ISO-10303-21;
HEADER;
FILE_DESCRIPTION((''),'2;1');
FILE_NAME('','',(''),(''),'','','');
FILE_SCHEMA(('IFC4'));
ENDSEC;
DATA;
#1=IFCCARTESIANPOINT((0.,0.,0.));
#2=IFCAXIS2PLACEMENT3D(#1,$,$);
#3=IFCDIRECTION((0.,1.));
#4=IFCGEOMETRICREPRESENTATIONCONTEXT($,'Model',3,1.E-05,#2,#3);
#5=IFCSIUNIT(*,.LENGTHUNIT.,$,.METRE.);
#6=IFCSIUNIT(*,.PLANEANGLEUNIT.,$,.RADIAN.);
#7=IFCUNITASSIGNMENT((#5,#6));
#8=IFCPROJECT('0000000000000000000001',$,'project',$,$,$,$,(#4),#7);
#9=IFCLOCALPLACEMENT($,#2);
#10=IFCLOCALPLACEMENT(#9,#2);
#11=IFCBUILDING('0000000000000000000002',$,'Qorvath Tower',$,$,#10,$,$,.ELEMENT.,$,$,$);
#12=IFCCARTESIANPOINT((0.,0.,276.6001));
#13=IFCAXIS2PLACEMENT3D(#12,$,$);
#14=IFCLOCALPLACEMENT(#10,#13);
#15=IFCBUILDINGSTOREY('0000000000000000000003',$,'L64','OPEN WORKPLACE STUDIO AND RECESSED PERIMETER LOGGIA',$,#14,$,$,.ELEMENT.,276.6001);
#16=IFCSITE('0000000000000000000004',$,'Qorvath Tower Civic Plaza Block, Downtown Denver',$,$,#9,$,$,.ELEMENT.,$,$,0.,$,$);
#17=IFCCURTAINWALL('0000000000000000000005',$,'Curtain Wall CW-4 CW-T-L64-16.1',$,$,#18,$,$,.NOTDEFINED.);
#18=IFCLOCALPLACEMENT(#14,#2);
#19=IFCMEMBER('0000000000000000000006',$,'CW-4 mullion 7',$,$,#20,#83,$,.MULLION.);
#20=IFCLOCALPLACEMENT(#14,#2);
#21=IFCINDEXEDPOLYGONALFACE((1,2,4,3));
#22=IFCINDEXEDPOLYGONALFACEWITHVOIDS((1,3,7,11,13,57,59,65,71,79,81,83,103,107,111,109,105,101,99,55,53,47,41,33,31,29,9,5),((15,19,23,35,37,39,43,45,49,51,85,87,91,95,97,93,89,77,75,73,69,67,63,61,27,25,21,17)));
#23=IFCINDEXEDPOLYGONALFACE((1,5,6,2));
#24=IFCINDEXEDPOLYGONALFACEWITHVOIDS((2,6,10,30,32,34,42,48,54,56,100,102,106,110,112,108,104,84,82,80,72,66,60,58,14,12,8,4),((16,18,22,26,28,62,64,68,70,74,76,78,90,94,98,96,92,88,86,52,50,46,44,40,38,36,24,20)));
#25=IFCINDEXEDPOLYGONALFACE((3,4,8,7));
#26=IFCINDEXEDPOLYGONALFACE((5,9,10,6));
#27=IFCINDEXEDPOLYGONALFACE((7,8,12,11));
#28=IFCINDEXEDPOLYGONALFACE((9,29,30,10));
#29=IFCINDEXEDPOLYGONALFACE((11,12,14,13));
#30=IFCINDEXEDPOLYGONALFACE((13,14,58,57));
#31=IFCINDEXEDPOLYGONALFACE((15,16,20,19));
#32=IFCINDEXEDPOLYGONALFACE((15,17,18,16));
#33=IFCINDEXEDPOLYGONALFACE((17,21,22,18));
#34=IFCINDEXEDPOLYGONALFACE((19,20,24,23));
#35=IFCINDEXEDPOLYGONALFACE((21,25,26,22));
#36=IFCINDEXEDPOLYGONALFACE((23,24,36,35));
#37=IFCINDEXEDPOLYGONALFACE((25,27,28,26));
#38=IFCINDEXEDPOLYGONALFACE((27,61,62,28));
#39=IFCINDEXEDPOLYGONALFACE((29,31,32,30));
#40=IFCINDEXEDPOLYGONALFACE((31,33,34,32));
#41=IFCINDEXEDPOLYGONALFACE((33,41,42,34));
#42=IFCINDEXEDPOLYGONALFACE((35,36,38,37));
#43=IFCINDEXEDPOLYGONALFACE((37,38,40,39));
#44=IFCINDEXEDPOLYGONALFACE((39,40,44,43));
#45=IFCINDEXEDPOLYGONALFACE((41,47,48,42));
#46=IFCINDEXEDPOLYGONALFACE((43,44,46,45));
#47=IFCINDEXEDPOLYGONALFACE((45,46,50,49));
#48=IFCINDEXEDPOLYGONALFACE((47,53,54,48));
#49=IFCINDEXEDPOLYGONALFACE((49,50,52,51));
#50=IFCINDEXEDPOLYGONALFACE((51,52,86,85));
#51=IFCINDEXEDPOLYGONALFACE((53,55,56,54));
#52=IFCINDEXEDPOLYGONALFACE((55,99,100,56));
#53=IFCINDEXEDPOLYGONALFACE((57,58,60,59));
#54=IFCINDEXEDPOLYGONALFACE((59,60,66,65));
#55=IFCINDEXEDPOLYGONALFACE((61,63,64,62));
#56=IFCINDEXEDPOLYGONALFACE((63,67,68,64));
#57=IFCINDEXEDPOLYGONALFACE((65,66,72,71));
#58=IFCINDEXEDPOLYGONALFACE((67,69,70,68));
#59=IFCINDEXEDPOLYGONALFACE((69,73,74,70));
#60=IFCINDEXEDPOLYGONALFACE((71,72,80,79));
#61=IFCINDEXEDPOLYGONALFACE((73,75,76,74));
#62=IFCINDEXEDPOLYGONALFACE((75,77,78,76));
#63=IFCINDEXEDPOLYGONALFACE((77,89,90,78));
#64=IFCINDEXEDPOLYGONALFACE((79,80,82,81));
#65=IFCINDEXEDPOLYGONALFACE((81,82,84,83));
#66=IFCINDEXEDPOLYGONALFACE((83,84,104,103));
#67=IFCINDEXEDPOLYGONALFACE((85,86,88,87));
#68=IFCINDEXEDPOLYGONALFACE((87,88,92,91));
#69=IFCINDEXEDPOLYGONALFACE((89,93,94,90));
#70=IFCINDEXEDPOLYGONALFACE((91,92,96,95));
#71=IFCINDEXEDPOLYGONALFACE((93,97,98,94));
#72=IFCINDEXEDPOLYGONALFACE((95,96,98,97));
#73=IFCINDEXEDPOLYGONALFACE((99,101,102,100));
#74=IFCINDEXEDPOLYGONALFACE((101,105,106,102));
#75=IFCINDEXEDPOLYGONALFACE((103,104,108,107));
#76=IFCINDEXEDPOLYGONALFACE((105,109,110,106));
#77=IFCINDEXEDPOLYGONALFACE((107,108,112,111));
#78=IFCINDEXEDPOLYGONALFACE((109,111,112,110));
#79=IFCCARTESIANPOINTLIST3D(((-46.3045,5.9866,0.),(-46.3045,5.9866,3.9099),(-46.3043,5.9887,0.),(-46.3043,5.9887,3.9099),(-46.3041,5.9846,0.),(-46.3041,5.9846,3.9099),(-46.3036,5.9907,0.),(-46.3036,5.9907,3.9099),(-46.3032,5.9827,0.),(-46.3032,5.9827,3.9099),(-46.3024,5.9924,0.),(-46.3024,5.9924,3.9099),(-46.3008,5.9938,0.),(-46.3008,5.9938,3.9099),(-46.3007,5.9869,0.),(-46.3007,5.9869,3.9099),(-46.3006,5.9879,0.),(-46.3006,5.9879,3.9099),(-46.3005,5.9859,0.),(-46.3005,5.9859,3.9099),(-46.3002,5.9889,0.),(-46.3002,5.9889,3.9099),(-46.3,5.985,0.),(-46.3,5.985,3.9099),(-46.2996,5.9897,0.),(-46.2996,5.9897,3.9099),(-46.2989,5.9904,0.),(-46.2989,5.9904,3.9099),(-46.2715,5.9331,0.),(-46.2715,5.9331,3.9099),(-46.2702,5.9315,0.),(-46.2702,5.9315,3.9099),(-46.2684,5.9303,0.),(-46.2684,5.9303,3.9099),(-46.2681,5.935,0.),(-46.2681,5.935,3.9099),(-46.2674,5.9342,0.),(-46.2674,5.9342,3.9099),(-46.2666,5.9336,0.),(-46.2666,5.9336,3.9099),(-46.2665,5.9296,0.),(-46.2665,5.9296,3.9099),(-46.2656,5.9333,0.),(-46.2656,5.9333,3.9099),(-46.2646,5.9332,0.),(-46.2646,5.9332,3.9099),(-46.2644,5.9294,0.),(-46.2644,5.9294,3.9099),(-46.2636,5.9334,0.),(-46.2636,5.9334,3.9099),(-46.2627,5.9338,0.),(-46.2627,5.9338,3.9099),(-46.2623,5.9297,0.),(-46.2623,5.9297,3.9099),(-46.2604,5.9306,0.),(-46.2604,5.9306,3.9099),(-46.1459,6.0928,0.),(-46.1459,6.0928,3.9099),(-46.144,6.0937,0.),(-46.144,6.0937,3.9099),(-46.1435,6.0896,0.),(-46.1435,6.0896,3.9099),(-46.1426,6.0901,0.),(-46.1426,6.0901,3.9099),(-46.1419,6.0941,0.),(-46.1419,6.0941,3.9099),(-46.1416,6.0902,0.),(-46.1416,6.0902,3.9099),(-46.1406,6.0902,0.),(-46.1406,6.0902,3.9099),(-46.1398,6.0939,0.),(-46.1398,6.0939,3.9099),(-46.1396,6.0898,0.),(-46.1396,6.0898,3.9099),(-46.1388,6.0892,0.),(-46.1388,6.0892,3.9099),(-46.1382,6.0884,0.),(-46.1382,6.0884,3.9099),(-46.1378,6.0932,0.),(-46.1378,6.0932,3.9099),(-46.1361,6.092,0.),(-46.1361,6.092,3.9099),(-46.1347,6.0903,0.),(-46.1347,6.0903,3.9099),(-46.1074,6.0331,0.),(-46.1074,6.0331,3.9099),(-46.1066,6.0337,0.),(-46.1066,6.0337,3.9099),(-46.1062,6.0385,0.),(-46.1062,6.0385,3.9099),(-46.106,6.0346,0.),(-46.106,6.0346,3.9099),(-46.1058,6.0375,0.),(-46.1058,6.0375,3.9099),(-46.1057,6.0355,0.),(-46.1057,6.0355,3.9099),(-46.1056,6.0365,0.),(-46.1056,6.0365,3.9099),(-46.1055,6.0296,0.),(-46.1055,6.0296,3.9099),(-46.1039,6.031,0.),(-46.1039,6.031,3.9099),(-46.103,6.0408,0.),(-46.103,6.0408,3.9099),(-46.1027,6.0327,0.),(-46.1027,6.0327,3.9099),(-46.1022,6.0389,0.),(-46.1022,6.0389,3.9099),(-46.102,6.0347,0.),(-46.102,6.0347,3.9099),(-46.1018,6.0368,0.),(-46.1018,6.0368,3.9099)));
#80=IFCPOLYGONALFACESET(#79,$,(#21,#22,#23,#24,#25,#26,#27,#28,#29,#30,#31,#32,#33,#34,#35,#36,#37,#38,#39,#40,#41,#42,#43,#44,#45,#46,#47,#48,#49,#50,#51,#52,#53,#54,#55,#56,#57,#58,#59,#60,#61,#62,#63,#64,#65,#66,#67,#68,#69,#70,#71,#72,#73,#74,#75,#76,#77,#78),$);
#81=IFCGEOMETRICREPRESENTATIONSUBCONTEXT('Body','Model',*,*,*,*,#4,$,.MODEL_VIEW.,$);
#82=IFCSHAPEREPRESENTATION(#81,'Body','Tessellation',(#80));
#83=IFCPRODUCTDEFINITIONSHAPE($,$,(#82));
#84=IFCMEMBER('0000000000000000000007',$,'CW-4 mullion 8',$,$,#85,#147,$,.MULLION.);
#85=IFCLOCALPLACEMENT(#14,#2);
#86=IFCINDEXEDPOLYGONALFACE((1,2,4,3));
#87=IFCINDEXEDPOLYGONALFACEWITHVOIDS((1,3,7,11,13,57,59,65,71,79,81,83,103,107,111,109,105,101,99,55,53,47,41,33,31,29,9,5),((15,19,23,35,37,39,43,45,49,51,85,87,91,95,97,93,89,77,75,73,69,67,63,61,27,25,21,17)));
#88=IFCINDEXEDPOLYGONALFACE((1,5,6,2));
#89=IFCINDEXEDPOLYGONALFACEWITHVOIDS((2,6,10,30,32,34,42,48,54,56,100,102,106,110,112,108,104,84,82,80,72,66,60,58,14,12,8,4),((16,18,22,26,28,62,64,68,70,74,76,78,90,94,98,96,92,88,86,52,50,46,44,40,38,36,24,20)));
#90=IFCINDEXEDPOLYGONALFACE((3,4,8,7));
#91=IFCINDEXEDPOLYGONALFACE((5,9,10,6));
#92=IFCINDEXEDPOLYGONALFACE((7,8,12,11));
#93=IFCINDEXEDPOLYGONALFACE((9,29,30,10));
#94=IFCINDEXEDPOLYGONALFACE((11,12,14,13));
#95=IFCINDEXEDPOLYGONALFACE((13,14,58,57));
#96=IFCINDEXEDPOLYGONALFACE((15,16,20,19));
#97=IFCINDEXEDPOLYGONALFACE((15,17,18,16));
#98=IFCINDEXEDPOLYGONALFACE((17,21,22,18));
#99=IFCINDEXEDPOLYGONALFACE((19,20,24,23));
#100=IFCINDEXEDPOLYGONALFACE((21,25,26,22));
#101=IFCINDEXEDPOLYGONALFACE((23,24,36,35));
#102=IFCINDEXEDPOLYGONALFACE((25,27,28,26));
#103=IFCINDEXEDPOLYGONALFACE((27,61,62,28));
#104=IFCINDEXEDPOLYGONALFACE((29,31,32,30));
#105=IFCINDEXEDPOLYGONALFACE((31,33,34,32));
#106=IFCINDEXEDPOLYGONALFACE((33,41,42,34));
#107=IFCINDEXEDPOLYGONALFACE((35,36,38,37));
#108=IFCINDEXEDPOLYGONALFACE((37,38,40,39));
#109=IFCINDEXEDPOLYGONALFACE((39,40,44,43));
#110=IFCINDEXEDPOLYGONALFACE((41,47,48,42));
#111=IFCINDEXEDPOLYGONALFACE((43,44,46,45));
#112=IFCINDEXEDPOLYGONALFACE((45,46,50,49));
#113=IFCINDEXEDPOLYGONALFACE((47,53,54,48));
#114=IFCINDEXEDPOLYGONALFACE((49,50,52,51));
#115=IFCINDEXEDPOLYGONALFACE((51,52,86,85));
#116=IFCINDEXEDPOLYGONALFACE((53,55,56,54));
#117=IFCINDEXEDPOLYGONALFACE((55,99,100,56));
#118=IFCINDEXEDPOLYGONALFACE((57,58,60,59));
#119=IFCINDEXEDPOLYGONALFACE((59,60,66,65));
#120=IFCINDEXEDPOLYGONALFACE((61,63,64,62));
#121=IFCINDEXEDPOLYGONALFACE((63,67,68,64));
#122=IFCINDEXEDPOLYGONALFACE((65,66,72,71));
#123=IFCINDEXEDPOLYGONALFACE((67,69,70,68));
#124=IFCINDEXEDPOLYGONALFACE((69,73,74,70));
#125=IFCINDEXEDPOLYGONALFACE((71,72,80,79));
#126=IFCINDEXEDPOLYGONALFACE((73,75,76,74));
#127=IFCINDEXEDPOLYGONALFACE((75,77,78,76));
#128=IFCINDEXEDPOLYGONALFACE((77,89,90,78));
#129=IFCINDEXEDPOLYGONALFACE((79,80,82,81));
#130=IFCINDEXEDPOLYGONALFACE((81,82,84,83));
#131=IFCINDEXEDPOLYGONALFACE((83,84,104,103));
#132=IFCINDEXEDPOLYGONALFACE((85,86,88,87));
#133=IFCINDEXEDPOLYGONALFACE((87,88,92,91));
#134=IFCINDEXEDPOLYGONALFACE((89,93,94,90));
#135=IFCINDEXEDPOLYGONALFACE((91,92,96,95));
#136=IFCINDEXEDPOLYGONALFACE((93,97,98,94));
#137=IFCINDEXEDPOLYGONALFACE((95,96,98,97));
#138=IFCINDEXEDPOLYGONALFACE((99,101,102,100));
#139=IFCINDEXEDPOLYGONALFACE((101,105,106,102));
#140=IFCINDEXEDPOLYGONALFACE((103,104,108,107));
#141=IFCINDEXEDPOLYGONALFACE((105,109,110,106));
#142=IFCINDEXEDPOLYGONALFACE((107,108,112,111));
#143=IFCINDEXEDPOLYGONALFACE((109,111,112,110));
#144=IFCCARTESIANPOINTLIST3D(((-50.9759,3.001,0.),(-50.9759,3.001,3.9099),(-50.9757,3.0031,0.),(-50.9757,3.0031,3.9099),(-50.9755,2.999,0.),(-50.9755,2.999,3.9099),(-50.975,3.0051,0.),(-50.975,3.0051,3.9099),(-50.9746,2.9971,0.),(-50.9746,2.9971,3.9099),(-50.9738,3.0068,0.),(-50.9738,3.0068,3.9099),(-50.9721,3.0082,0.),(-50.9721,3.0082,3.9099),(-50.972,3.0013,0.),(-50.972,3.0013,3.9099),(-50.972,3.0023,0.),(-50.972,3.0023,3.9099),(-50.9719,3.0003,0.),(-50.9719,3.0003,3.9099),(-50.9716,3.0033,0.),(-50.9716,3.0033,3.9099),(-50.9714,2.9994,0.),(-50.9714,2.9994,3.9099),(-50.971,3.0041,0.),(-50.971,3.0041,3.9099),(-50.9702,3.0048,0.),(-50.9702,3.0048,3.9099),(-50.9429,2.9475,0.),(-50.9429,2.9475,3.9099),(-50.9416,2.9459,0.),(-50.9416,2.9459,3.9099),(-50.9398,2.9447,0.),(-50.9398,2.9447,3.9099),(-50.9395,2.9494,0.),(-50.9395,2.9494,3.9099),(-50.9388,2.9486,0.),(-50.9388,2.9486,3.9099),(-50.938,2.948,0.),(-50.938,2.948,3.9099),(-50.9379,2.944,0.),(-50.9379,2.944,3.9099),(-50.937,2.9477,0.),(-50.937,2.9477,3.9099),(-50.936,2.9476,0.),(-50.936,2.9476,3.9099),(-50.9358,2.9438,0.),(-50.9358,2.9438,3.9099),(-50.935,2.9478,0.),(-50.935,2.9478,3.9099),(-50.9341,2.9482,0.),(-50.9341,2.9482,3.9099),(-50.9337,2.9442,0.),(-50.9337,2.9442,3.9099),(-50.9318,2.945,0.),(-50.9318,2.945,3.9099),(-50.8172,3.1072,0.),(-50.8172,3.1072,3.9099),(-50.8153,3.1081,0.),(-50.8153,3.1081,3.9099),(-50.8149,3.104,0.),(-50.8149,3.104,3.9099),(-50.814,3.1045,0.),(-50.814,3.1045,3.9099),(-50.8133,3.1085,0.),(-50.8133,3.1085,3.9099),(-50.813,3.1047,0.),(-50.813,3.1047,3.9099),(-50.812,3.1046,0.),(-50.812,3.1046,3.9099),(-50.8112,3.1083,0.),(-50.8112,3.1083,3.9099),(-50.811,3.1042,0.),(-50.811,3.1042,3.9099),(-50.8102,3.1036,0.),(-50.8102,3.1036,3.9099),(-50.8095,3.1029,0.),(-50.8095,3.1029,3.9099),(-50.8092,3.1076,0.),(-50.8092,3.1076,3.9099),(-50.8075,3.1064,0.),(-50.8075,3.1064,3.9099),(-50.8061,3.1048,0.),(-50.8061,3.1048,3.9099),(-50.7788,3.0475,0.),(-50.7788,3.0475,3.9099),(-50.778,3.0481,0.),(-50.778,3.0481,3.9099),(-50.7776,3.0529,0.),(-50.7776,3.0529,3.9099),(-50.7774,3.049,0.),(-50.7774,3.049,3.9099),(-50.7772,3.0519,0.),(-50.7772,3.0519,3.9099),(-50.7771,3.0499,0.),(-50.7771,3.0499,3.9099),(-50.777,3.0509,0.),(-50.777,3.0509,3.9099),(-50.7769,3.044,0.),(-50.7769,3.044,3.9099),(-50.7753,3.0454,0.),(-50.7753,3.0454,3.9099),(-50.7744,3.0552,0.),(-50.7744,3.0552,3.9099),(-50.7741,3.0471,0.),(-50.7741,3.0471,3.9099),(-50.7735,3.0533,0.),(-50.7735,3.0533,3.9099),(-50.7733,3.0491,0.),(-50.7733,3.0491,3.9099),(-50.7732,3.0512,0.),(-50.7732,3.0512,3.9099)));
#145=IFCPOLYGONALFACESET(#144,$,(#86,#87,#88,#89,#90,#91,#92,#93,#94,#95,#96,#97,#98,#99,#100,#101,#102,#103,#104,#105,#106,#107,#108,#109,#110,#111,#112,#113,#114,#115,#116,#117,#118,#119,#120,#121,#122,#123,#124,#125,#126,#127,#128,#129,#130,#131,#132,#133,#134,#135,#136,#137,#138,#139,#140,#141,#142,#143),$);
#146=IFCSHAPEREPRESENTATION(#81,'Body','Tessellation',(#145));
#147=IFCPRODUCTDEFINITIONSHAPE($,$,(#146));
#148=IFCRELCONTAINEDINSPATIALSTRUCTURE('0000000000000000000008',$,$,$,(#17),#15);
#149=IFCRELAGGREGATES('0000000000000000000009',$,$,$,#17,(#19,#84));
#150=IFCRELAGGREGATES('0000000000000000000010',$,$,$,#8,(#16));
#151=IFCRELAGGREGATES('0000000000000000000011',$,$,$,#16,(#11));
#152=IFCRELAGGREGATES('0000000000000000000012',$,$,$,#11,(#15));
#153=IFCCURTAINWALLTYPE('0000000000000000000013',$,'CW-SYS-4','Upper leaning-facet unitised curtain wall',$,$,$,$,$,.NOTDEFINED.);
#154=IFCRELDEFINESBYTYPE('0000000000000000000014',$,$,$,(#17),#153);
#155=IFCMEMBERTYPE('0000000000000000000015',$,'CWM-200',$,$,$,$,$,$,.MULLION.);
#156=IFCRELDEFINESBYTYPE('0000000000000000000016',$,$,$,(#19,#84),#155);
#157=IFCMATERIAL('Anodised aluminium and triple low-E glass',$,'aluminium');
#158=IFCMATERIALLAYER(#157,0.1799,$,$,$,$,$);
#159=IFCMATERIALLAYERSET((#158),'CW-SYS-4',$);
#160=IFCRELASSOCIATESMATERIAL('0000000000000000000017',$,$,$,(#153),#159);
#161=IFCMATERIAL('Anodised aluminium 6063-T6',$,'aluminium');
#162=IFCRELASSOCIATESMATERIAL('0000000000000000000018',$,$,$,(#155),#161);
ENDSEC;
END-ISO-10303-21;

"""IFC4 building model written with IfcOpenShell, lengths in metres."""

from ifc_helpers import new_model, si_unit, direction, frame, origin, origin_2d, place, context, subcontext, project, spatial, hollow_rectangle, extrude, material, layer, layer_set, material_profile, profile_set, type_object, element, aggregate, save


model = new_model("IFC4")

# Units and contexts
model_context = context("Model", 3, precision=1e-05, world=origin(), true_north=direction((0.0, 1.0)))
body_context = subcontext(model_context, "Body", "Model", "MODEL_VIEW")
ifc_project = project(units=[si_unit("LENGTHUNIT", "METRE"), si_unit("PLANEANGLEUNIT", "RADIAN")], contexts=[model_context])

# Site, building, storey
site_placement = place(None, origin())
site = spatial("IfcSite", under=ifc_project, at=site_placement, Name="Qorvath Tower Civic Plaza Block, Downtown Denver", CompositionType="ELEMENT", RefElevation=0.0)
building_placement = place(site_placement, origin())
building = spatial("IfcBuilding", under=site, at=building_placement, Name="Qorvath Tower", CompositionType="ELEMENT")
storey_placement = place(building_placement, frame((0.0, 0.0, 276.6001)))
storey = spatial("IfcBuildingStorey", under=building, at=storey_placement, Name="L64", Description="OPEN WORKPLACE STUDIO AND RECESSED PERIMETER LOGGIA", CompositionType="ELEMENT", Elevation=276.6001)

# Curtain wall, members
ifc_material_1 = material(Name="Anodised aluminium and triple low-E glass", Category="aluminium")
ifc_layer_1 = layer(ifc_material_1, 0.1799)
ifc_layer_set_1 = layer_set([ifc_layer_1], Name="CW-SYS-4")
curtain_wall_type = type_object("IfcCurtainWallType", Name="CW-SYS-4", Description="Upper leaning-facet unitised curtain wall", PredefinedType="NOTDEFINED", material=ifc_layer_set_1)
curtain_wall_placement = place(storey_placement, origin())
curtain_wall = element("IfcCurtainWall", 1, at=curtain_wall_placement, inside=storey, type_object=curtain_wall_type, Name="Curtain Wall CW-4 CW-T-L64-16.1", PredefinedType="NOTDEFINED")
ifc_material_2 = material(Name="Anodised aluminium 6063-T6", Category="aluminium")
ifc_material_profile_1 = material_profile(ifc_material_2, hollow_rectangle(XDim=0.075, YDim=0.2, WallThickness=0.0039, InnerFilletRadius=0.0039, OuterFilletRadius=0.0081, at=origin_2d()), Name="CWM 200x75")
ifc_profile_set_1 = profile_set([ifc_material_profile_1], Name="Anodised aluminium 6063-T6")
member_type_1 = type_object("IfcMemberType", Name="CWM-200", PredefinedType="MULLION", material=ifc_profile_set_1)
member_1_placement = place(storey_placement, frame((-46.2031, 6.0117, 0.0), z_axis=(0.0, 0.0, 1.0), x_axis=(0.538534, -0.842604, 0.0)))
member_1 = element("IfcMember", 2, at=member_1_placement, type_object=member_type_1, Name="CW-4 mullion 7", PredefinedType="MULLION", context=body_context, shape_type="SweptSolid", body=[
    extrude(hollow_rectangle(XDim=0.075, YDim=0.2, WallThickness=0.0039, InnerFilletRadius=0.0039, OuterFilletRadius=0.0081, at=origin_2d()), origin(), (0.0, 0.0, 1.0), 3.9099),
])
member_2_placement = place(storey_placement, frame((-50.8745, 3.0261, 0.0), z_axis=(0.0, 0.0, 1.0), x_axis=(0.538534, -0.842604, 0.0)))
member_2 = element("IfcMember", 3, at=member_2_placement, type_object=member_type_1, Name="CW-4 mullion 8", PredefinedType="MULLION", context=body_context, shape_type="SweptSolid", body=[
    extrude(hollow_rectangle(XDim=0.075, YDim=0.2, WallThickness=0.0039, InnerFilletRadius=0.0039, OuterFilletRadius=0.0081, at=origin_2d()), origin(), (0.0, 0.0, 1.0), 3.9099),
])

aggregate(curtain_wall, [member_1, member_2])

save(model, "model.ifc")
